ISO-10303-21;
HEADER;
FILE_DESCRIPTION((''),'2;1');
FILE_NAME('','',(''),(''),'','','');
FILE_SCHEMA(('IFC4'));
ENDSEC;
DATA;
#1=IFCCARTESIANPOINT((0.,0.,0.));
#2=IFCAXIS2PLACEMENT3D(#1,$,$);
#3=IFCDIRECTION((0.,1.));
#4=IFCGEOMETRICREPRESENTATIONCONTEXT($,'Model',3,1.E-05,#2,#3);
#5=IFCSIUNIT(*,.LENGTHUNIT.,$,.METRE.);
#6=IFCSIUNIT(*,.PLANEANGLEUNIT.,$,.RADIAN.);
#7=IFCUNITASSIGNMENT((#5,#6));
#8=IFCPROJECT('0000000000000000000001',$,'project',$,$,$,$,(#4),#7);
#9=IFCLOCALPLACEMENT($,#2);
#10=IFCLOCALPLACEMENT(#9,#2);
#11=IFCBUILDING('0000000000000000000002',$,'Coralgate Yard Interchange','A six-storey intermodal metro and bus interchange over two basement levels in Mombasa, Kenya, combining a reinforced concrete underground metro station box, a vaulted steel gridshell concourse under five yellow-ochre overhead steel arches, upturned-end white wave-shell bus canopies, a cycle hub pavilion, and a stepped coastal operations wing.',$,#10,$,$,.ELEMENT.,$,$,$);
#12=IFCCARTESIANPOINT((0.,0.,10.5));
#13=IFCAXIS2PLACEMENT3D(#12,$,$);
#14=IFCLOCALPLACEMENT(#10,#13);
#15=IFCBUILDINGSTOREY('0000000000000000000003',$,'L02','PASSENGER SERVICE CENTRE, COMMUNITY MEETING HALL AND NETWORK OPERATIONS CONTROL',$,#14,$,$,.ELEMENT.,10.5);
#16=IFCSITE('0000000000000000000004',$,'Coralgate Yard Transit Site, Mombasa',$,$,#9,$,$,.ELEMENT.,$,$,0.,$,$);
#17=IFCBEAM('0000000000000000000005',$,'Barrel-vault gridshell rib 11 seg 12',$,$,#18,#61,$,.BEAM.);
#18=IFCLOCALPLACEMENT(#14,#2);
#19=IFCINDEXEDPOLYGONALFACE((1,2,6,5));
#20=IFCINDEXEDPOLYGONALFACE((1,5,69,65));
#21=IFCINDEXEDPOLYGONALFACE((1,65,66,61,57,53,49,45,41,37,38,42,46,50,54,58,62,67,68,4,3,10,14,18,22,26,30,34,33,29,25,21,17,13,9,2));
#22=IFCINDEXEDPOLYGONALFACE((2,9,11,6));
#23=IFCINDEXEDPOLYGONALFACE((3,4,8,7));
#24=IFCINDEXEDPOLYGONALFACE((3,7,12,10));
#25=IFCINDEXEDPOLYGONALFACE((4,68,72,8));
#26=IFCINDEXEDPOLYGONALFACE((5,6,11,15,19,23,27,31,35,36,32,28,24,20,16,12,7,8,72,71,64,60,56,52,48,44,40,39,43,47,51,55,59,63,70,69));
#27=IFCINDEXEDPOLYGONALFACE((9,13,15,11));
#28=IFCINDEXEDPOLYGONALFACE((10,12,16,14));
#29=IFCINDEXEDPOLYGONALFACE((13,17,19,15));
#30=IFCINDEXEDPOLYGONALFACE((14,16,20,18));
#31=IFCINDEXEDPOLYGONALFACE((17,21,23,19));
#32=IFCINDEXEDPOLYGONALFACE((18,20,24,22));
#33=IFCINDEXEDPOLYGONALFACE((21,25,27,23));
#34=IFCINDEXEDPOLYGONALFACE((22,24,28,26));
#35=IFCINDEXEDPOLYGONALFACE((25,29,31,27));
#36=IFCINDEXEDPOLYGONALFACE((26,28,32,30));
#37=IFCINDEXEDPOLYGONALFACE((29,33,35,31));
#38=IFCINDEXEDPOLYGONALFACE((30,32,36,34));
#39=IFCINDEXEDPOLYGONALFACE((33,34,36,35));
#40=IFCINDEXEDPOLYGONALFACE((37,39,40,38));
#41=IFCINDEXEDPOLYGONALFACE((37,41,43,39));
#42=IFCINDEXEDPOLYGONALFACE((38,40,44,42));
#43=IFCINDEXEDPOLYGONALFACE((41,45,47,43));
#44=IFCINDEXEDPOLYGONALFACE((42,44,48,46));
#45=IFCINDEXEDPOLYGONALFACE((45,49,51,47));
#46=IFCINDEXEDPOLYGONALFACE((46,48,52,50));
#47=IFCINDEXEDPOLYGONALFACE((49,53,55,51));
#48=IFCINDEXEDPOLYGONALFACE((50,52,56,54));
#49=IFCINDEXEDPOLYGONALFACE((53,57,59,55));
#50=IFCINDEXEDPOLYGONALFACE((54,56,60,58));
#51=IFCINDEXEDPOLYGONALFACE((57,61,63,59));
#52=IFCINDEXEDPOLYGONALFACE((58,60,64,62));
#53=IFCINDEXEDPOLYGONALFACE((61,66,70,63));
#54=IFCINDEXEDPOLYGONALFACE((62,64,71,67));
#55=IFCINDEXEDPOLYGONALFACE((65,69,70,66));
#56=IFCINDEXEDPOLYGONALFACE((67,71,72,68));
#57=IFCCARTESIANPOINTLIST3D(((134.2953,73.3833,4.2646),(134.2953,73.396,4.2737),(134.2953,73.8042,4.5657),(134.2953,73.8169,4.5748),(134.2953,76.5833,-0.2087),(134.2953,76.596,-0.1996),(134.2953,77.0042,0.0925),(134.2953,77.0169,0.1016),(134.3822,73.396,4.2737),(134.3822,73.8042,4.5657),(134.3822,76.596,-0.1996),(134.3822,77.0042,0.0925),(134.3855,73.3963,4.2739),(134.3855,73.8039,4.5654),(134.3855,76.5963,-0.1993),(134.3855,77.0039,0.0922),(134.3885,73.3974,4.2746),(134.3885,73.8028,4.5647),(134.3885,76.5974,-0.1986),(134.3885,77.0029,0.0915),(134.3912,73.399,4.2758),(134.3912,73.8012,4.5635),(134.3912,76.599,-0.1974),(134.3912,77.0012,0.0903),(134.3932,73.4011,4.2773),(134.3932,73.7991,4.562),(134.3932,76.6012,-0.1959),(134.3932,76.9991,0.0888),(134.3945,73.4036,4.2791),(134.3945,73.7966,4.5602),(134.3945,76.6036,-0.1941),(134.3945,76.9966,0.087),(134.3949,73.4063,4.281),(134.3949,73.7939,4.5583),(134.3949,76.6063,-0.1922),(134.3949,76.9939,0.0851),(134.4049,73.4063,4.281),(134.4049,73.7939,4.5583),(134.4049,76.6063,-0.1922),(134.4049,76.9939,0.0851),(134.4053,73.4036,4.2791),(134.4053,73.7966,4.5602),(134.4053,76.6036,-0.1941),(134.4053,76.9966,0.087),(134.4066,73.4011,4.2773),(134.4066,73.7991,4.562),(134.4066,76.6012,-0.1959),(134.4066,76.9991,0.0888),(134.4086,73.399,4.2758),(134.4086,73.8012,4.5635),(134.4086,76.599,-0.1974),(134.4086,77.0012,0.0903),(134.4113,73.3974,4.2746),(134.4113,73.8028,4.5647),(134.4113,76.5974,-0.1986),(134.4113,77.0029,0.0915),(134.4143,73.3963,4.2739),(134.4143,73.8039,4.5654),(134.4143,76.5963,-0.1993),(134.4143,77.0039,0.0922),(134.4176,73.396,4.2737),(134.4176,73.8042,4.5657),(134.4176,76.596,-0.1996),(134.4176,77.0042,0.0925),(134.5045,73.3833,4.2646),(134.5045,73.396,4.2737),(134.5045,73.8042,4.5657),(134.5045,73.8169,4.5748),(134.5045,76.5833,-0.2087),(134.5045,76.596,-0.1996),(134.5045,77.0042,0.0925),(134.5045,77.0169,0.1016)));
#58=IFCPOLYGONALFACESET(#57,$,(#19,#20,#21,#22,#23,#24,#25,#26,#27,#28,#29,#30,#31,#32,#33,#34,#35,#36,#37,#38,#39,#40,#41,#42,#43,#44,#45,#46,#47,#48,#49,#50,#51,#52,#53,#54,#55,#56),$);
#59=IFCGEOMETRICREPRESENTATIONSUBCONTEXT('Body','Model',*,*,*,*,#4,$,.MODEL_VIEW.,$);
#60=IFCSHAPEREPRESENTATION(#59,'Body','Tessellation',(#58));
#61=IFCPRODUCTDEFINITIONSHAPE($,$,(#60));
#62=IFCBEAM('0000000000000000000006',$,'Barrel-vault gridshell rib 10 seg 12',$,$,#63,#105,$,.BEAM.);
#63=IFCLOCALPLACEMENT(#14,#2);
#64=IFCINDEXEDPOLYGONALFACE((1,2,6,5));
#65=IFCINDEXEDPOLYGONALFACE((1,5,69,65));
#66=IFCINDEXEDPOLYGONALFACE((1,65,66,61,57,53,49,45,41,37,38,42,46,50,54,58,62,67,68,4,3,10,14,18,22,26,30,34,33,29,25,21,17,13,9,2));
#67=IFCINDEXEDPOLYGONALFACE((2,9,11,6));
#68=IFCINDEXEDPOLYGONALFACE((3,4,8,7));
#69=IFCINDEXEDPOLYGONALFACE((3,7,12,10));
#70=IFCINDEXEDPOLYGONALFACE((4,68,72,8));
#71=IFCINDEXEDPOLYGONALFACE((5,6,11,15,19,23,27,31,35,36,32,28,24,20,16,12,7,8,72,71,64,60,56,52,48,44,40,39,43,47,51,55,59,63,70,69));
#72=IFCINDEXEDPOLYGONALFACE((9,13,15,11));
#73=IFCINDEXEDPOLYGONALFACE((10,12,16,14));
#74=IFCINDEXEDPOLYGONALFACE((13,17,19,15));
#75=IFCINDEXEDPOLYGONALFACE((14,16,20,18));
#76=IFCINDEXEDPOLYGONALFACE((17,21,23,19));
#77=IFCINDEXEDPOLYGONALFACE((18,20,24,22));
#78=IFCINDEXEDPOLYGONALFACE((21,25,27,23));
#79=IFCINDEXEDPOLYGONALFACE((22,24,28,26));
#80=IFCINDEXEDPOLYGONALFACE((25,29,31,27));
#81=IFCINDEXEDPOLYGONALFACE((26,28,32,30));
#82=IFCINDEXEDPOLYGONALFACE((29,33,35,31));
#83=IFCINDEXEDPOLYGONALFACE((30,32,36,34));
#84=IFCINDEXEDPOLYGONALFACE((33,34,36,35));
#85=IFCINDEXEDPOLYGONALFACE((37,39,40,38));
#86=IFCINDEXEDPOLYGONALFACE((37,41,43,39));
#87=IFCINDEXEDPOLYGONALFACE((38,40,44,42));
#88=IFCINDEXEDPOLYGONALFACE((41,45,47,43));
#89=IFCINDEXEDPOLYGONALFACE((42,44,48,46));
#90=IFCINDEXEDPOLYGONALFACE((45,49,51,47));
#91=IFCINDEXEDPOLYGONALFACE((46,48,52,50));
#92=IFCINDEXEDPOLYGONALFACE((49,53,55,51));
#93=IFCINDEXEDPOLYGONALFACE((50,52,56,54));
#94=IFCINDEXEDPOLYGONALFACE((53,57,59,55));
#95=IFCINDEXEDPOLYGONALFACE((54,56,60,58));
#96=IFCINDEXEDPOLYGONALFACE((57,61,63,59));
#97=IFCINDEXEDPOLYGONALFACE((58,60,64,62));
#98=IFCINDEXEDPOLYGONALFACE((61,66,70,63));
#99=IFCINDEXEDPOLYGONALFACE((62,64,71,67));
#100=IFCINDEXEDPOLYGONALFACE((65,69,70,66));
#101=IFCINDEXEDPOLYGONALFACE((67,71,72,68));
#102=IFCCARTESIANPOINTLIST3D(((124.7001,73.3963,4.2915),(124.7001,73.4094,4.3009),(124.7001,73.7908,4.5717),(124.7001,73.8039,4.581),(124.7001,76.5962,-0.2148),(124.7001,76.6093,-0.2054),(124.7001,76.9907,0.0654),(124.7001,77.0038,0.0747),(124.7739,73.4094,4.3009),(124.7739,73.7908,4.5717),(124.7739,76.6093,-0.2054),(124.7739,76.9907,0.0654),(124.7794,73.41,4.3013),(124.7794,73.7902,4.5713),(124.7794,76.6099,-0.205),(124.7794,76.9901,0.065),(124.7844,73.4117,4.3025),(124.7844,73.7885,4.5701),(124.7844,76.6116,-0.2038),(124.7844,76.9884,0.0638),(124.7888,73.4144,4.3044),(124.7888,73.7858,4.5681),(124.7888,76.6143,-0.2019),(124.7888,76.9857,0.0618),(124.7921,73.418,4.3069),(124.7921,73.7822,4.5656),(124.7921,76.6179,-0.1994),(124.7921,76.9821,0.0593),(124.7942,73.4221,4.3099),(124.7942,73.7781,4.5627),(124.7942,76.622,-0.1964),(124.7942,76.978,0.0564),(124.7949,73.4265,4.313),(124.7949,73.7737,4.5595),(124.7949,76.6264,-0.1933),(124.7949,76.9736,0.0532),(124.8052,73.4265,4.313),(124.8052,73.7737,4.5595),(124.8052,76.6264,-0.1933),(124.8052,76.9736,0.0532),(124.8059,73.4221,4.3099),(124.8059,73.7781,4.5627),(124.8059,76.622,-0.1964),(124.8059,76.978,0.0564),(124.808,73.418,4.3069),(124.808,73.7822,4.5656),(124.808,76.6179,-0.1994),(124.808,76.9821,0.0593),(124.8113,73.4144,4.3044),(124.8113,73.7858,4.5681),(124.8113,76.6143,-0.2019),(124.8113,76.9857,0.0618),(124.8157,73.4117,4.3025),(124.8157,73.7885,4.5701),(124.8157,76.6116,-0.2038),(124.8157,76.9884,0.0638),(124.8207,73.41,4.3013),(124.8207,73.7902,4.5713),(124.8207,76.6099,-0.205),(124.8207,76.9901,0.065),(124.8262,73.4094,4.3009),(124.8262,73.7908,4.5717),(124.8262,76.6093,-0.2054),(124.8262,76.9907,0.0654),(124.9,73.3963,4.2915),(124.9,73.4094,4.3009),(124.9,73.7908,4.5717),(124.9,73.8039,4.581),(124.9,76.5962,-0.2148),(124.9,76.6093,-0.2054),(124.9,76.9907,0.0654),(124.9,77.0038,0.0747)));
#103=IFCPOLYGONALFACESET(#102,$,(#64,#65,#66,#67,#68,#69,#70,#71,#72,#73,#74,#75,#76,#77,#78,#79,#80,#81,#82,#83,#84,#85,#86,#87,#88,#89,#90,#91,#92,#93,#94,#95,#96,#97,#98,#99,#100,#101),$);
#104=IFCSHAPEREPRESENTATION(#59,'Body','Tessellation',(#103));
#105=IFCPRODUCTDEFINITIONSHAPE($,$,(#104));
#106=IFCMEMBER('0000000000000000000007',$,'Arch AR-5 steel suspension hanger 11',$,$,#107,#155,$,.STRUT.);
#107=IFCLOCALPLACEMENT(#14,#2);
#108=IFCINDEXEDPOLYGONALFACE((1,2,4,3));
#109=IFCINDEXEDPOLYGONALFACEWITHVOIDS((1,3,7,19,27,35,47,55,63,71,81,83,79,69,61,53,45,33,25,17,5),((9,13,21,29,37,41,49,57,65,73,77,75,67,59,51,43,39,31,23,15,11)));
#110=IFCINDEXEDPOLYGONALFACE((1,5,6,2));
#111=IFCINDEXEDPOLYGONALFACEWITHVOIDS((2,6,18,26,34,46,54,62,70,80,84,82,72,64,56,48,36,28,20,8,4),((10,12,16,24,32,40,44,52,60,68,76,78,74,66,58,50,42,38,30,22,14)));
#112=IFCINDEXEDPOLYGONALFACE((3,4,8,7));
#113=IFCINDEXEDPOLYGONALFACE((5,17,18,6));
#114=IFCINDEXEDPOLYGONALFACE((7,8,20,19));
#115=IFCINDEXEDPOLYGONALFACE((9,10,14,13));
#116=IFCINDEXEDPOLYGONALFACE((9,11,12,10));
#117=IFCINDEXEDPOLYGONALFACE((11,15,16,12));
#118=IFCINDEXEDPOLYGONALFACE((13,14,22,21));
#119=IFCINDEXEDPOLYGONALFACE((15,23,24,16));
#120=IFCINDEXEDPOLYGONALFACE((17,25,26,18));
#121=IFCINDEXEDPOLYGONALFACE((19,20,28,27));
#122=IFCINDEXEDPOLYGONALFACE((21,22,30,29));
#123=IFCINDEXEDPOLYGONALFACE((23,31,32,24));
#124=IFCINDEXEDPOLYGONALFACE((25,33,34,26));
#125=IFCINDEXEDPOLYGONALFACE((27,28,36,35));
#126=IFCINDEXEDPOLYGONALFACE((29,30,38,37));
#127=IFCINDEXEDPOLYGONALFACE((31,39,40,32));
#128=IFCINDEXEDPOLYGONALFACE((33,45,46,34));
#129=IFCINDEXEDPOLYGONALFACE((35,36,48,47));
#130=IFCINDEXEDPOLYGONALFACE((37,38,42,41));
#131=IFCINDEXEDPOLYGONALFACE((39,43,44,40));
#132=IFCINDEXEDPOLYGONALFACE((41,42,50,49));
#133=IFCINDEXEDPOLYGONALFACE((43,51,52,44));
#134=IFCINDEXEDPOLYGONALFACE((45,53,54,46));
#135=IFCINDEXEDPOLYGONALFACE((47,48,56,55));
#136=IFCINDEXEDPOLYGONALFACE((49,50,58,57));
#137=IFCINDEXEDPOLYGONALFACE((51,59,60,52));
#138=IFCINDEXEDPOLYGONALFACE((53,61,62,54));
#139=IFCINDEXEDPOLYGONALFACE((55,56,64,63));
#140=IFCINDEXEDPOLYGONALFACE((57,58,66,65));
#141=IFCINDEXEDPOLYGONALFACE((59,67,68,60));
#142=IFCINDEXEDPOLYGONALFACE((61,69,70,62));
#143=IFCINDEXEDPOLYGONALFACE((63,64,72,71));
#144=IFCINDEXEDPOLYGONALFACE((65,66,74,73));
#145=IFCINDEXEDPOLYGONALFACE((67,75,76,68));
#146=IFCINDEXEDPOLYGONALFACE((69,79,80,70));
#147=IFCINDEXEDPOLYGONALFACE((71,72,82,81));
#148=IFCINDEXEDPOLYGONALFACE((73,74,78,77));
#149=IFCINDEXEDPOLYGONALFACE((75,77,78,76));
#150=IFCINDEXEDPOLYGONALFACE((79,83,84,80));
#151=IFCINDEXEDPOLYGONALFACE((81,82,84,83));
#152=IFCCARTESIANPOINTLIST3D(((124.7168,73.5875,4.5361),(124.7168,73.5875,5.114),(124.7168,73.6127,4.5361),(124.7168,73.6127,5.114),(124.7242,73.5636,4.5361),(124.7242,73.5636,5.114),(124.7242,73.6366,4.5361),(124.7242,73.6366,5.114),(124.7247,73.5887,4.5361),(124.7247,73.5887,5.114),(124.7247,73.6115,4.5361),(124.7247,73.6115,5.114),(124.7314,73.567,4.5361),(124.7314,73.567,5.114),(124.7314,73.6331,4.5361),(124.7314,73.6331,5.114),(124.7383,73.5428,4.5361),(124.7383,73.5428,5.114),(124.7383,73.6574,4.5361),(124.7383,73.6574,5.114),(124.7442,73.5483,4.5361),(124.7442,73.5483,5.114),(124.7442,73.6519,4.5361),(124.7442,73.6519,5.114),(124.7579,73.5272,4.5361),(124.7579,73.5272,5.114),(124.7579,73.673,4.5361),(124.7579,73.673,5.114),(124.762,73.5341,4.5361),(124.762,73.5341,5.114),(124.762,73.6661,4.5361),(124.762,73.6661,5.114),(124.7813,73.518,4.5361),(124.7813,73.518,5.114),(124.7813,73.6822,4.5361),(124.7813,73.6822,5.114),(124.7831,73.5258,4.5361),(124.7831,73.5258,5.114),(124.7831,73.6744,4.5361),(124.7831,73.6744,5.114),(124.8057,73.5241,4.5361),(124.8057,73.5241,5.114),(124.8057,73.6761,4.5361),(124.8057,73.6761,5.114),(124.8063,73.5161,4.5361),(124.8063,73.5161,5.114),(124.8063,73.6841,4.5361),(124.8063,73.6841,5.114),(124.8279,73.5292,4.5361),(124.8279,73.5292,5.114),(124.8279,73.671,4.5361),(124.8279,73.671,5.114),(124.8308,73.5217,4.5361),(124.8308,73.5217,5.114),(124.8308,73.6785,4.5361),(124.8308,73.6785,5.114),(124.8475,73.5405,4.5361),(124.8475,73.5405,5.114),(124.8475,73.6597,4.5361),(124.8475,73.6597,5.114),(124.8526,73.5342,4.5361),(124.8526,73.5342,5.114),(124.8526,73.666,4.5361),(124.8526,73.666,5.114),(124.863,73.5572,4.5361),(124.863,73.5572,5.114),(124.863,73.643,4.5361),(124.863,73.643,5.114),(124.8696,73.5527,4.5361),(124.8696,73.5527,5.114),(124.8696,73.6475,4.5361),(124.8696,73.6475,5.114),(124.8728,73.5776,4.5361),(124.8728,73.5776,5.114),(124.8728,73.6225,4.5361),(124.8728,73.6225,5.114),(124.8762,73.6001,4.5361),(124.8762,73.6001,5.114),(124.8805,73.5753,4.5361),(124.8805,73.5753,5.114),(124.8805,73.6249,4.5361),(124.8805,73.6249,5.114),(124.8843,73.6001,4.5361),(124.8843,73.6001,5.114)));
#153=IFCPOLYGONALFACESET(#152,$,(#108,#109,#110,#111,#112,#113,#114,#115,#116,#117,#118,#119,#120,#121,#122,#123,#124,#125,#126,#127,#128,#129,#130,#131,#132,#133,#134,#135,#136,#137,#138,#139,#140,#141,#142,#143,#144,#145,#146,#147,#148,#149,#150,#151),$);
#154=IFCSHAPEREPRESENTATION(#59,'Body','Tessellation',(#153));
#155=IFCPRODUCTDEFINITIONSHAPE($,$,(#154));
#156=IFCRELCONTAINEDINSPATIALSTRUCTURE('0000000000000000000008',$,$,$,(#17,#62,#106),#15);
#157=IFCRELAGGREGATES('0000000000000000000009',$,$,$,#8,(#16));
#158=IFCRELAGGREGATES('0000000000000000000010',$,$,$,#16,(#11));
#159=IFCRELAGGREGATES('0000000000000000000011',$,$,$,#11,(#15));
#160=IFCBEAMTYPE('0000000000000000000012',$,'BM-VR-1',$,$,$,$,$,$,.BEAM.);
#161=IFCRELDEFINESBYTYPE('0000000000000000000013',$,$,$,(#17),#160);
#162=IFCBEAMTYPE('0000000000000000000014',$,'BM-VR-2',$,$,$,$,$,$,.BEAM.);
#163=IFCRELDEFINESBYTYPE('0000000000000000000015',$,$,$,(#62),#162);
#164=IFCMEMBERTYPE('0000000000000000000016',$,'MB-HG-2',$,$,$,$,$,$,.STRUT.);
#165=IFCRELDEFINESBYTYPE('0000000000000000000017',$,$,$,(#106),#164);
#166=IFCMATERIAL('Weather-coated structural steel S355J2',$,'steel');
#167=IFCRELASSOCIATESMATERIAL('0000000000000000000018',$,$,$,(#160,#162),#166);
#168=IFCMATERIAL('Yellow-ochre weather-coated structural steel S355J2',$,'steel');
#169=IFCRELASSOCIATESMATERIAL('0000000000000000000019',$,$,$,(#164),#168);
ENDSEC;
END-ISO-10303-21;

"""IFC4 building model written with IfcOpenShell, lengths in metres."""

from ifc_helpers import new_model, si_unit, direction, frame, origin, origin_2d, place, context, subcontext, project, spatial, hollow_circle, i_section, extrude, material, material_profile, profile_set, type_object, element, save


model = new_model("IFC4")

# Units and contexts
model_context = context("Model", 3, precision=1e-05, world=origin(), true_north=direction((0.0, 1.0)))
body_context = subcontext(model_context, "Body", "Model", "MODEL_VIEW")
ifc_project = project(units=[si_unit("LENGTHUNIT", "METRE"), si_unit("PLANEANGLEUNIT", "RADIAN")], contexts=[model_context])

# Site, building, storey
site_placement = place(None, origin())
site = spatial("IfcSite", under=ifc_project, at=site_placement, Name="Coralgate Yard Transit Site, Mombasa", CompositionType="ELEMENT", RefElevation=0.0)
building_placement = place(site_placement, origin())
building = spatial("IfcBuilding", under=site, at=building_placement, Name="Coralgate Yard Interchange", Description="A six-storey intermodal metro and bus interchange over two basement levels in Mombasa, Kenya, combining a reinforced concrete underground metro station box, a vaulted steel gridshell concourse under five yellow-ochre overhead steel arches, upturned-end white wave-shell bus canopies, a cycle hub pavilion, and a stepped coastal operations wing.", CompositionType="ELEMENT")
storey_placement = place(building_placement, frame((0.0, 0.0, 10.5)))
storey = spatial("IfcBuildingStorey", under=building, at=storey_placement, Name="L02", Description="PASSENGER SERVICE CENTRE, COMMUNITY MEETING HALL AND NETWORK OPERATIONS CONTROL", CompositionType="ELEMENT", Elevation=10.5)

# Beams
ifc_material_1 = material(Name="Yellow-ochre weather-coated structural steel S355J2", Category="steel")
ifc_material_2 = material(Name="Weather-coated structural steel S355J2", Category="steel")
ifc_material_profile_1 = material_profile(ifc_material_2, i_section(OverallWidth=0.2092, OverallDepth=0.5332, WebThickness=0.01, FlangeThickness=0.0156, FilletRadius=0.0127, at=origin_2d()), Name="UB 533x210x92")
ifc_profile_set_1 = profile_set([ifc_material_profile_1], Name="Weather-coated structural steel S355J2")
beam_type_1 = type_object("IfcBeamType", Name="BM-VR-1", PredefinedType="BEAM", material=ifc_profile_set_1)
beam_1_placement = place(storey_placement, frame((134.3999, 73.6001, 4.4197), z_axis=(0.0, 0.581822, -0.813316), x_axis=(-1.0, 0.0, 0.0)))
element("IfcBeam", 1, at=beam_1_placement, inside=storey, type_object=beam_type_1, Name="Barrel-vault gridshell rib 11 seg 12", PredefinedType="BEAM", context=body_context, shape_type="SweptSolid", body=[
    extrude(i_section(OverallWidth=0.2092, OverallDepth=0.5332, WebThickness=0.01, FlangeThickness=0.0156, FilletRadius=0.0127, at=origin_2d()), origin(), (0.0, 0.0, 1.0), 5.5),
])
ifc_material_profile_2 = material_profile(ifc_material_2, i_section(OverallWidth=0.2, OverallDepth=0.5, WebThickness=0.0103, FlangeThickness=0.0161, FilletRadius=0.021, at=origin_2d()), Name="IPE 500")
ifc_profile_set_2 = profile_set([ifc_material_profile_2], Name="Weather-coated structural steel S355J2")
beam_type_2 = type_object("IfcBeamType", Name="BM-VR-2", PredefinedType="BEAM", material=ifc_profile_set_2)
beam_2_placement = place(storey_placement, frame((124.8, 73.6001, 4.4363), z_axis=(0.0, 0.578975, -0.815345), x_axis=(-1.0, 0.0, 0.0)))
element("IfcBeam", 2, at=beam_2_placement, inside=storey, type_object=beam_type_2, Name="Barrel-vault gridshell rib 10 seg 12", PredefinedType="BEAM", context=body_context, shape_type="SweptSolid", body=[
    extrude(i_section(OverallWidth=0.2, OverallDepth=0.5, WebThickness=0.0103, FlangeThickness=0.0161, FilletRadius=0.021, at=origin_2d()), origin(), (0.0, 0.0, 1.0), 5.5269),
])

# Member
ifc_material_profile_3 = material_profile(ifc_material_1, hollow_circle(Radius=0.0842, WallThickness=0.0081, at=origin_2d()), Name="CHS 168.3x8")
ifc_profile_set_3 = profile_set([ifc_material_profile_3], Name="Yellow-ochre weather-coated structural steel S355J2")
member_type_1 = type_object("IfcMemberType", Name="MB-HG-2", PredefinedType="STRUT", material=ifc_profile_set_3)
member_1_placement = place(storey_placement, frame((124.8, 73.6001, 4.5361), z_axis=(0.0, 0.0, 1.0), x_axis=(1.0, 0.0, 0.0)))
element("IfcMember", 3, at=member_1_placement, inside=storey, type_object=member_type_1, Name="Arch AR-5 steel suspension hanger 11", PredefinedType="STRUT", context=body_context, shape_type="SweptSolid", body=[
    extrude(hollow_circle(Radius=0.0842, WallThickness=0.0081, at=origin_2d()), origin(), (0.0, 0.0, 1.0), 0.5779),
])

save(model, "model.ifc")
